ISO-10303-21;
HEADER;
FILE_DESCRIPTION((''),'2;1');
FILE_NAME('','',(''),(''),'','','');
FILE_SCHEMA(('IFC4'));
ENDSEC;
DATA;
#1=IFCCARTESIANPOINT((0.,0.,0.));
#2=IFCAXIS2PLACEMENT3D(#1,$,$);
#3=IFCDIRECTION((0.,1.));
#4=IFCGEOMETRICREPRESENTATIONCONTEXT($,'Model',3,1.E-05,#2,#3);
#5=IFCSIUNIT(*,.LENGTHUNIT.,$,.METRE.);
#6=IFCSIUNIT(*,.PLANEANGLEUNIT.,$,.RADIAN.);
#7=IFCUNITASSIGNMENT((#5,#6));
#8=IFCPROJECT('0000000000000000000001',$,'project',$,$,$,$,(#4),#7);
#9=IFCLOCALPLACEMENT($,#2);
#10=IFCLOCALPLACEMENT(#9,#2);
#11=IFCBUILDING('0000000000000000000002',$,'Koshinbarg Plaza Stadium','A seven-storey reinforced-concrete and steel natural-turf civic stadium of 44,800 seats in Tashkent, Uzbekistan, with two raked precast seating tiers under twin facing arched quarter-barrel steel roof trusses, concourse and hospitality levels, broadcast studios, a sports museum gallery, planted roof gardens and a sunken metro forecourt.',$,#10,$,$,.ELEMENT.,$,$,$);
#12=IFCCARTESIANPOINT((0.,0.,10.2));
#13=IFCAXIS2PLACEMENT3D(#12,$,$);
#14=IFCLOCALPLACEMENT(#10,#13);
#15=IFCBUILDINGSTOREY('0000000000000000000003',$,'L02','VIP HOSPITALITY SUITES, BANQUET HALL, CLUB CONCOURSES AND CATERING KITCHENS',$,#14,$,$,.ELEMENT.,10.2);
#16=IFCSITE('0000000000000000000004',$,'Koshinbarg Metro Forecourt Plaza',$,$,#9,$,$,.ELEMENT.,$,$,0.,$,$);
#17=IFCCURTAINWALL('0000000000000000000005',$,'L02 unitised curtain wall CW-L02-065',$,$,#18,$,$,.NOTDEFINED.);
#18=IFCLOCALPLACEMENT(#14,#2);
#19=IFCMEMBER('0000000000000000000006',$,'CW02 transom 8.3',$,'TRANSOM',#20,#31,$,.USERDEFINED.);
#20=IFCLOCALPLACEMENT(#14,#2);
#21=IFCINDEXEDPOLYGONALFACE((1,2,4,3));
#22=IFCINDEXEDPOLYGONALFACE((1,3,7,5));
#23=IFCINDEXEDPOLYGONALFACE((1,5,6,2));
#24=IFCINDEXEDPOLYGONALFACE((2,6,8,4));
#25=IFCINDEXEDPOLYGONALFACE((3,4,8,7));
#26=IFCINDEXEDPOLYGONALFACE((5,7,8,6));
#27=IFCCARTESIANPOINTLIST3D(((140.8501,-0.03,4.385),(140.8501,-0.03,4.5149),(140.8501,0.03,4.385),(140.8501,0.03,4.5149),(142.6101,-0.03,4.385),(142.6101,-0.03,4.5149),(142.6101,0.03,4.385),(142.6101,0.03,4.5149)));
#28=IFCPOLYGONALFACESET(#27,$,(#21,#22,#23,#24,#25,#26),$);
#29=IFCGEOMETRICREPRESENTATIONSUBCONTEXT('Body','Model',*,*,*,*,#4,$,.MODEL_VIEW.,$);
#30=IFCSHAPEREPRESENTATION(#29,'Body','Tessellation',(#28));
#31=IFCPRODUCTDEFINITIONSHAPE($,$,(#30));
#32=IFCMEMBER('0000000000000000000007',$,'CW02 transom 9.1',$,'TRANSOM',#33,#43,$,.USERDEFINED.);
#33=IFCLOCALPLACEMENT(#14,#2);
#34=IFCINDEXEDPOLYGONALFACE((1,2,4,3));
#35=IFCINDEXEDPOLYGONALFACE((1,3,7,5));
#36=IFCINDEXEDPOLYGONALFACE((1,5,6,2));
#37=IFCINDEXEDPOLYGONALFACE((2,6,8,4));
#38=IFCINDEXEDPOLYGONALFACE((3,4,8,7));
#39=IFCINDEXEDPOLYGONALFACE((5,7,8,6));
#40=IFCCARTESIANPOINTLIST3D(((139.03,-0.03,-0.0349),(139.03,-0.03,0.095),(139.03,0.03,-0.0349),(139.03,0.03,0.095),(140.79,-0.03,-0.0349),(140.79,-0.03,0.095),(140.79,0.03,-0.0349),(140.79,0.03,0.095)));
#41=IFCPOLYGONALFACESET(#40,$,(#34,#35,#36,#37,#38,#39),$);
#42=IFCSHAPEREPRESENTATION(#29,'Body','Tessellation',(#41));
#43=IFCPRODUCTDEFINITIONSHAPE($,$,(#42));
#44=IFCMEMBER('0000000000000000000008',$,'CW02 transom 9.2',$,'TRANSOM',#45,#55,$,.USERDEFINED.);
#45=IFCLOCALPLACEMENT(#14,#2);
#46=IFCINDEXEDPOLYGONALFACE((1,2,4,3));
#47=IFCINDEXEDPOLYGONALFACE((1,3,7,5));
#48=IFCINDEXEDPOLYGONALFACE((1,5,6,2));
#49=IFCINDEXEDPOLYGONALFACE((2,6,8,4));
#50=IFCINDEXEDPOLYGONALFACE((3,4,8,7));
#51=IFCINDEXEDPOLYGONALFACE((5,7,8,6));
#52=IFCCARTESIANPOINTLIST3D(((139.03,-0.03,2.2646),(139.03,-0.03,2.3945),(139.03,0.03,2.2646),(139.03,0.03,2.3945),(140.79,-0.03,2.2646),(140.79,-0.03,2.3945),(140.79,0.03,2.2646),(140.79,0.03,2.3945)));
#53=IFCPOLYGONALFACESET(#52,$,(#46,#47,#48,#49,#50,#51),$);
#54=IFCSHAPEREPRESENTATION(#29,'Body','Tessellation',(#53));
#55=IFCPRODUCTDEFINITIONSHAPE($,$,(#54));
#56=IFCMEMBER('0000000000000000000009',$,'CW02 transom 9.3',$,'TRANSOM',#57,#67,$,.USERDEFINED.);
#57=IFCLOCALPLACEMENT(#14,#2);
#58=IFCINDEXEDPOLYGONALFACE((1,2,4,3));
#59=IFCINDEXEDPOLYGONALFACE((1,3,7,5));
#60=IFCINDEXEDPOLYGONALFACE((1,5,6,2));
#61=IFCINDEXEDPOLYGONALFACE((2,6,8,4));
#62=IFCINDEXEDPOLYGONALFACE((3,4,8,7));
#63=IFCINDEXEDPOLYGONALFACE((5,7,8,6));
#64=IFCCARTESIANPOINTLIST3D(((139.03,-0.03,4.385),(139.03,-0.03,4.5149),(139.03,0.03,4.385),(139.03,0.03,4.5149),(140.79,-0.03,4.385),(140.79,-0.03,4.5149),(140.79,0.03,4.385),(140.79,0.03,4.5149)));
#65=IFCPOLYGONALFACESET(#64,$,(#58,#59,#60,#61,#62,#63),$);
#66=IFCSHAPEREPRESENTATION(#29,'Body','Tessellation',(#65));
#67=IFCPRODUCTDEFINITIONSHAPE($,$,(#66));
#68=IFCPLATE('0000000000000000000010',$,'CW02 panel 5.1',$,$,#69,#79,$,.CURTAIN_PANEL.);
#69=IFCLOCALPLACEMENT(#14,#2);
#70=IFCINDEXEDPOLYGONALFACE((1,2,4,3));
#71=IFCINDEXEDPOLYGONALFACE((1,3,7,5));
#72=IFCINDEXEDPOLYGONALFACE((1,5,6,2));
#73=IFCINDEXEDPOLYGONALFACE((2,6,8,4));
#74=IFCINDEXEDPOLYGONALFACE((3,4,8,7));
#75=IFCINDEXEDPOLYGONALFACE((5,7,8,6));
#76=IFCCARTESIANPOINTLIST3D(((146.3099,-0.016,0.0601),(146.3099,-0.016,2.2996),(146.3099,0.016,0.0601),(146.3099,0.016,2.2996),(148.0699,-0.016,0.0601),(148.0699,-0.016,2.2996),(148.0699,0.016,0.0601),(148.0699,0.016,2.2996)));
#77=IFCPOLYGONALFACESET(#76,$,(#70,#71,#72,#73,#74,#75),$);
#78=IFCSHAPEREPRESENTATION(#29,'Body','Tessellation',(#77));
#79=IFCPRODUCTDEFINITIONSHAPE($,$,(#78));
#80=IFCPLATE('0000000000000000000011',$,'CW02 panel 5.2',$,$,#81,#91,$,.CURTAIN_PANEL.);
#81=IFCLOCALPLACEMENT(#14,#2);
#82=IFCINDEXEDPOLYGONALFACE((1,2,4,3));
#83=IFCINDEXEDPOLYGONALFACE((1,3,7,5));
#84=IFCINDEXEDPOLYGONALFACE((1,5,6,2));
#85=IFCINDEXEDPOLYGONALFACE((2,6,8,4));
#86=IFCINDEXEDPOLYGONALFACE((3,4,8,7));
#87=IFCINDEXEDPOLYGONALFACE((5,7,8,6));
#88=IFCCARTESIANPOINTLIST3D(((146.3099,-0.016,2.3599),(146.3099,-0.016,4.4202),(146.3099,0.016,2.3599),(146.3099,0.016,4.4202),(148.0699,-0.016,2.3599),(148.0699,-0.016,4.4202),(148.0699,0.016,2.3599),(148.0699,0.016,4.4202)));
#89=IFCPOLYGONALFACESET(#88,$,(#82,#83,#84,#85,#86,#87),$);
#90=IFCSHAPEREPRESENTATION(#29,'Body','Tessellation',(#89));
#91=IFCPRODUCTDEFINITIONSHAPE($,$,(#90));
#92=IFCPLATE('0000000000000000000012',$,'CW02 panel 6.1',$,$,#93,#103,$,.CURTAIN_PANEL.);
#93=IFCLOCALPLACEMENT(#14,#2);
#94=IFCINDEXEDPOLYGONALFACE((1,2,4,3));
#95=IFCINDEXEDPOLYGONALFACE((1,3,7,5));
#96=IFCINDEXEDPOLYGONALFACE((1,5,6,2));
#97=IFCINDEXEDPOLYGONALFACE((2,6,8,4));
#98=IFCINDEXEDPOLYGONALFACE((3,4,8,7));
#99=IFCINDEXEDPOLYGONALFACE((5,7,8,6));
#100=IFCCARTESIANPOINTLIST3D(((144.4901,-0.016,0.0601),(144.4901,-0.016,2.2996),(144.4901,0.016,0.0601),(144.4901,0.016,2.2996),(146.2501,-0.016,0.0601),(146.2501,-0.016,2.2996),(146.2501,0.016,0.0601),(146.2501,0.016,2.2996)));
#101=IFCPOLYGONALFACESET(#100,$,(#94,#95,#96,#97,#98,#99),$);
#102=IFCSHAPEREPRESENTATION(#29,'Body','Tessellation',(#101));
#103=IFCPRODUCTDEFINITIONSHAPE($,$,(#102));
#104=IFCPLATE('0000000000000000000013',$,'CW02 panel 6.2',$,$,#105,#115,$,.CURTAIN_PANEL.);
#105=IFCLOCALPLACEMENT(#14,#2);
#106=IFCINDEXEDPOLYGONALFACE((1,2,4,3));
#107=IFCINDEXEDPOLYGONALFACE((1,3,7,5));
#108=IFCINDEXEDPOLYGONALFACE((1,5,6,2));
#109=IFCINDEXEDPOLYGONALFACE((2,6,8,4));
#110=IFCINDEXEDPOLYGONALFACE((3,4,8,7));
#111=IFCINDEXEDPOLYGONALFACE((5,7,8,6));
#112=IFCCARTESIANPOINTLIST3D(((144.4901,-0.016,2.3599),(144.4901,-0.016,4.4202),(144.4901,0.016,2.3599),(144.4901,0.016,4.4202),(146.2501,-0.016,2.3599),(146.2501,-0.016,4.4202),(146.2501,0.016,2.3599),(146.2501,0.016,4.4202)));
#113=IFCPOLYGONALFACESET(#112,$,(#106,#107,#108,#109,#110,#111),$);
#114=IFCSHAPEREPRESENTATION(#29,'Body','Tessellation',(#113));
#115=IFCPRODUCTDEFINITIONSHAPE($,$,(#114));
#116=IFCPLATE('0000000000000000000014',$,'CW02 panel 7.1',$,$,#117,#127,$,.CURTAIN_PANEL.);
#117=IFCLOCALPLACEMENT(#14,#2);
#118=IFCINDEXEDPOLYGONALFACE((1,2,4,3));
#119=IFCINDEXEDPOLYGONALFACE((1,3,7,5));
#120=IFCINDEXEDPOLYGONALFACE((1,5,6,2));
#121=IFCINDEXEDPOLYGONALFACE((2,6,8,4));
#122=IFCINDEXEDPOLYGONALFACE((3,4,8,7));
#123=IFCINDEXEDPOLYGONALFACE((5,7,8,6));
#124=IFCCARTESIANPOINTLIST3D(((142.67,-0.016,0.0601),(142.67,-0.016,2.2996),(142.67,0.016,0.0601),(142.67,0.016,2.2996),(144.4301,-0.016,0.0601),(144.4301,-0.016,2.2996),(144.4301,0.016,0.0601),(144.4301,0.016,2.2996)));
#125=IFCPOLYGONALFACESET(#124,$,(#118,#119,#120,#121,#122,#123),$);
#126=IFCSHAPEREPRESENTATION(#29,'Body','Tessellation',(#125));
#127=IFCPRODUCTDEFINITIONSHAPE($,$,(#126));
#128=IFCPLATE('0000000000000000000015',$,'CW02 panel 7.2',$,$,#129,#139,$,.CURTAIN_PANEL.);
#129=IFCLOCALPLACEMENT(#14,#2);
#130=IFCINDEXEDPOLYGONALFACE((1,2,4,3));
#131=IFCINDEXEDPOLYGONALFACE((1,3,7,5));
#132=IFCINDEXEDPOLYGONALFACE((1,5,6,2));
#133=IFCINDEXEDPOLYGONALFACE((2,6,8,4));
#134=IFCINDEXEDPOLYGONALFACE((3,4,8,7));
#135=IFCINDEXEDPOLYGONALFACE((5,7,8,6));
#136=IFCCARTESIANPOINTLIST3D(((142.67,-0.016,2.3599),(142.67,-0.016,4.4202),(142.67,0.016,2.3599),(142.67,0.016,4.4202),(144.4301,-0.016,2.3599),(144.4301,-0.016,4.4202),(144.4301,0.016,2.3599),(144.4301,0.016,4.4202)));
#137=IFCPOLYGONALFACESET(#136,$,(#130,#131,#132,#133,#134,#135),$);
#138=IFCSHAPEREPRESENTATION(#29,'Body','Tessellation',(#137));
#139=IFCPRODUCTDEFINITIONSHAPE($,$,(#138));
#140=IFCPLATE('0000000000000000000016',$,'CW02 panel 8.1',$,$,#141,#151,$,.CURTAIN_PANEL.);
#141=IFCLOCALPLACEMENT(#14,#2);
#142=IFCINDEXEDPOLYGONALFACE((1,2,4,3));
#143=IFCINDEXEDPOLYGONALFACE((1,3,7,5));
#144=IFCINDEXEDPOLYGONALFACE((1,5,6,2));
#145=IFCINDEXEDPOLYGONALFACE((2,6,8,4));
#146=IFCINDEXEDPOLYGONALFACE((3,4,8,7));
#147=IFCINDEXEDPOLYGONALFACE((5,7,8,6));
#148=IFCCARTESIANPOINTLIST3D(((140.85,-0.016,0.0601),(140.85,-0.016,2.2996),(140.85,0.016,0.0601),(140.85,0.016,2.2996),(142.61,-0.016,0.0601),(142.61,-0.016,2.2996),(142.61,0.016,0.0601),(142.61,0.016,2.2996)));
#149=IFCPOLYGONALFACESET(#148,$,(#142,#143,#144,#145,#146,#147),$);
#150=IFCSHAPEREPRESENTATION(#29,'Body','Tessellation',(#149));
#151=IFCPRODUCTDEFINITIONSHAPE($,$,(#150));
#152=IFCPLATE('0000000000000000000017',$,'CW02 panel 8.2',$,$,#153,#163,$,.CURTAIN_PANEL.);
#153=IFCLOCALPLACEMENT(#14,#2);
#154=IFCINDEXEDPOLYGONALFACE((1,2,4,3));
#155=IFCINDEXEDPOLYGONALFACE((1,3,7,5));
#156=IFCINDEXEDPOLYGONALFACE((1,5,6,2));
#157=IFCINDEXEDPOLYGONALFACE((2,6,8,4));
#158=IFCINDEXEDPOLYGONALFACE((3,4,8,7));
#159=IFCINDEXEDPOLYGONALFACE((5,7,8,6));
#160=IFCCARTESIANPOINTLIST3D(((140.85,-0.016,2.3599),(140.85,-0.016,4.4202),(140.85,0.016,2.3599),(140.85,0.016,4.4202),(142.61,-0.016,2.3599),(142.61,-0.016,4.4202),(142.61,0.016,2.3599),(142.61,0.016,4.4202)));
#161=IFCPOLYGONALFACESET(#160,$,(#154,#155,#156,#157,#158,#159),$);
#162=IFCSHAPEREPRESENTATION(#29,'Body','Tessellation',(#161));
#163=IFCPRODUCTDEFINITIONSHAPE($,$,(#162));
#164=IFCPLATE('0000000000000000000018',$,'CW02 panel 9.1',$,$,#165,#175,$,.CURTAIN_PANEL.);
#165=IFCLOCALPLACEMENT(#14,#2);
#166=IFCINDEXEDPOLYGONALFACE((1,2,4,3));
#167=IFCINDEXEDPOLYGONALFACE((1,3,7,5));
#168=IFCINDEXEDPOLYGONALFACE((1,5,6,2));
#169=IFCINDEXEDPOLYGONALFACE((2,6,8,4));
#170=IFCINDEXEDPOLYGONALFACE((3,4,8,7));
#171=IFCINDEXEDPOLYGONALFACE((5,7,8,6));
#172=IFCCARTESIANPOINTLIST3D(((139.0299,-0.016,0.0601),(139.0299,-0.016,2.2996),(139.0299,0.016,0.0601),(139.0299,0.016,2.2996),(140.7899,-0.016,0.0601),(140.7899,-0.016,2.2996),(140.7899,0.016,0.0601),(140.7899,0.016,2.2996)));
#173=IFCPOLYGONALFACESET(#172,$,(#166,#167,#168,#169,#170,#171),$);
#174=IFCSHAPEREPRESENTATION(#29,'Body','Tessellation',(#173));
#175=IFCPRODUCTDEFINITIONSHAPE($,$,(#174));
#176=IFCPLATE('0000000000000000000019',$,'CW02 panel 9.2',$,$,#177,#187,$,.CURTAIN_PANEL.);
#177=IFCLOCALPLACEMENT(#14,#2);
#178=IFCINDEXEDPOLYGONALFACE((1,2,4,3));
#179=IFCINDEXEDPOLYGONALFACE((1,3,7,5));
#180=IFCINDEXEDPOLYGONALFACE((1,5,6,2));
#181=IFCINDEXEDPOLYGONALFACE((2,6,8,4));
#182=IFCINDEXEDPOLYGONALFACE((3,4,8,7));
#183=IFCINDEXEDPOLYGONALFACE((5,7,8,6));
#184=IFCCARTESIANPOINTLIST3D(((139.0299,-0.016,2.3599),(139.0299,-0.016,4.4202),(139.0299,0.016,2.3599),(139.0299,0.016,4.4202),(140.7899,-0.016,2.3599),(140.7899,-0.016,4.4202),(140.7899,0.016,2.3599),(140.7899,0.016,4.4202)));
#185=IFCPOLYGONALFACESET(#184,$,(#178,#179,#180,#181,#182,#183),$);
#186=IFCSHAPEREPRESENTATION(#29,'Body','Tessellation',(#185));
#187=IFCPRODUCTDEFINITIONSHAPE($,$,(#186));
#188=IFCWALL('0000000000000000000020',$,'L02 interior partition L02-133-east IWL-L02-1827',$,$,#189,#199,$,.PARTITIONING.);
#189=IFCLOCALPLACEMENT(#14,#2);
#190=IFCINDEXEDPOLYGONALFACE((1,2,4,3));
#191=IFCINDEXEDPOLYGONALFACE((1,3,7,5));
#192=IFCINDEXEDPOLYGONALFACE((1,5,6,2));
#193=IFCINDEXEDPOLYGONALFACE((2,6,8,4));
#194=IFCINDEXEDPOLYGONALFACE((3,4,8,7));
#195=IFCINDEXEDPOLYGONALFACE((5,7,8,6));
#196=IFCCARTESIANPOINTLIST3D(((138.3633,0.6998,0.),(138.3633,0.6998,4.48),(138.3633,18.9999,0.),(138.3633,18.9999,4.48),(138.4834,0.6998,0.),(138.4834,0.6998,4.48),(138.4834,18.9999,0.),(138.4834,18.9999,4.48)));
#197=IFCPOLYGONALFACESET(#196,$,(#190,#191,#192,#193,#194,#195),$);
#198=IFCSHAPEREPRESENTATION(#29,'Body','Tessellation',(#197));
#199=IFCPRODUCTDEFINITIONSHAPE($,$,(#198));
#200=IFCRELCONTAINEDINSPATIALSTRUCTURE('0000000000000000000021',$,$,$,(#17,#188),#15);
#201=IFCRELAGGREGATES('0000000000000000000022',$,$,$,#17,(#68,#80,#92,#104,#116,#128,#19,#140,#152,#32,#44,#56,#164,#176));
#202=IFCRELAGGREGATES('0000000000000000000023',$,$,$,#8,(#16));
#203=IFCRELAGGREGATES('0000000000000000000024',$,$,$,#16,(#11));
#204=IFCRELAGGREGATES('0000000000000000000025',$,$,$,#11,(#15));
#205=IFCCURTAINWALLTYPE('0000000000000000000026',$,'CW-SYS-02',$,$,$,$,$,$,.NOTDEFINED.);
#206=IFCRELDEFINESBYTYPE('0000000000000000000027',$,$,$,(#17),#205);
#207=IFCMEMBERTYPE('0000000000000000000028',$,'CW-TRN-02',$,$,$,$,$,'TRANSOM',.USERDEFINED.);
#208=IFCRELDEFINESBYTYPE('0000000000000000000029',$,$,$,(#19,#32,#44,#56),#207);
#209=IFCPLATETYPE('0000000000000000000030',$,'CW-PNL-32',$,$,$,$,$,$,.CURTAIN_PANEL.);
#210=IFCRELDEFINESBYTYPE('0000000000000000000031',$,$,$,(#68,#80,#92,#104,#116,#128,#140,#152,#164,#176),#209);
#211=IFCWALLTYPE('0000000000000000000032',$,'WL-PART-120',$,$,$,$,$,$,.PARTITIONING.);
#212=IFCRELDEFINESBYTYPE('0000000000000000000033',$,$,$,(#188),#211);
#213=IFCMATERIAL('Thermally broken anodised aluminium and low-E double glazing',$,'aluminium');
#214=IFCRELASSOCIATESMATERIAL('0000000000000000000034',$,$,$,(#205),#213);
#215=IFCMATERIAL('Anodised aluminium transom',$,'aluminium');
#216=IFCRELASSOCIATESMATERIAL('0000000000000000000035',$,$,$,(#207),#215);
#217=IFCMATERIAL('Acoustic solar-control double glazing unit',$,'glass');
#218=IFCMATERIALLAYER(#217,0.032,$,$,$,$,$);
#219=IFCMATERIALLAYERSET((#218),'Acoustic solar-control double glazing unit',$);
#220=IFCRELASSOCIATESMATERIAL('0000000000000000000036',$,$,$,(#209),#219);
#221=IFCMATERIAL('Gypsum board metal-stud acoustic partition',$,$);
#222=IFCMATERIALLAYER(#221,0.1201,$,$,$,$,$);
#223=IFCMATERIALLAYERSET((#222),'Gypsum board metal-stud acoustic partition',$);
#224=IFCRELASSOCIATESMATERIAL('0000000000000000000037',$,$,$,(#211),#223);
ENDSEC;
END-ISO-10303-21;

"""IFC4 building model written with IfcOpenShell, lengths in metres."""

from ifc_helpers import new_model, si_unit, direction, frame, frame_2d, origin, origin_2d, place, context, subcontext, project, spatial, rectangle, extrude, material, layer, layer_set, material_profile, profile_set, type_object, element, aggregate, save


model = new_model("IFC4")

# Units and contexts
model_context = context("Model", 3, precision=1e-05, world=origin(), true_north=direction((0.0, 1.0)))
body_context = subcontext(model_context, "Body", "Model", "MODEL_VIEW")
ifc_project = project(units=[si_unit("LENGTHUNIT", "METRE"), si_unit("PLANEANGLEUNIT", "RADIAN")], contexts=[model_context])

# Site, building, storey
site_placement = place(None, origin())
site = spatial("IfcSite", under=ifc_project, at=site_placement, Name="Koshinbarg Metro Forecourt Plaza", CompositionType="ELEMENT", RefElevation=0.0)
building_placement = place(site_placement, origin())
building = spatial("IfcBuilding", under=site, at=building_placement, Name="Koshinbarg Plaza Stadium", Description="A seven-storey reinforced-concrete and steel natural-turf civic stadium of 44,800 seats in Tashkent, Uzbekistan, with two raked precast seating tiers under twin facing arched quarter-barrel steel roof trusses, concourse and hospitality levels, broadcast studios, a sports museum gallery, planted roof gardens and a sunken metro forecourt.", CompositionType="ELEMENT")
storey_placement = place(building_placement, frame((0.0, 0.0, 10.2)))
storey = spatial("IfcBuildingStorey", under=building, at=storey_placement, Name="L02", Description="VIP HOSPITALITY SUITES, BANQUET HALL, CLUB CONCOURSES AND CATERING KITCHENS", CompositionType="ELEMENT", Elevation=10.2)

# Curtain wall, members, plates
ifc_material_1 = material(Name="Thermally broken anodised aluminium and low-E double glazing", Category="aluminium")
curtain_wall_type = type_object("IfcCurtainWallType", Name="CW-SYS-02", PredefinedType="NOTDEFINED", material=ifc_material_1)
curtain_wall_placement = place(storey_placement, origin())
curtain_wall = element("IfcCurtainWall", 1, at=curtain_wall_placement, inside=storey, type_object=curtain_wall_type, Name="L02 unitised curtain wall CW-L02-065", PredefinedType="NOTDEFINED")
ifc_material_2 = material(Name="Anodised aluminium transom", Category="aluminium")
ifc_material_profile_1 = material_profile(ifc_material_2, rectangle(XDim=0.0601, YDim=0.1299, at=origin_2d()), Name="ALU 60x130")
ifc_profile_set_1 = profile_set([ifc_material_profile_1], Name="Anodised aluminium transom")
member_type_1 = type_object("IfcMemberType", Name="CW-TRN-02", ElementType="TRANSOM", PredefinedType="USERDEFINED", material=ifc_profile_set_1)
member_1_placement = place(storey_placement, frame((142.6101, 0.0, 4.45), z_axis=(-1.0, 0.0, 0.0), x_axis=(0.0, -1.0, 0.0)))
member_1 = element("IfcMember", 2, at=member_1_placement, type_object=member_type_1, Name="CW02 transom 8.3", ObjectType="TRANSOM", PredefinedType="USERDEFINED", context=body_context, shape_type="SweptSolid", body=[
    extrude(rectangle(XDim=0.0601, YDim=0.1299, at=origin_2d()), origin(), (0.0, 0.0, 1.0), 1.76),
])
member_2_placement = place(storey_placement, frame((140.79, 0.0, 0.03), z_axis=(-1.0, 0.0, 0.0), x_axis=(0.0, -1.0, 0.0)))
member_2 = element("IfcMember", 3, at=member_2_placement, type_object=member_type_1, Name="CW02 transom 9.1", ObjectType="TRANSOM", PredefinedType="USERDEFINED", context=body_context, shape_type="SweptSolid", body=[
    extrude(rectangle(XDim=0.0601, YDim=0.1299, at=origin_2d()), origin(), (0.0, 0.0, 1.0), 1.76),
])
member_3_placement = place(storey_placement, frame((140.79, 0.0, 2.3296), z_axis=(-1.0, 0.0, 0.0), x_axis=(0.0, -1.0, 0.0)))
member_3 = element("IfcMember", 4, at=member_3_placement, type_object=member_type_1, Name="CW02 transom 9.2", ObjectType="TRANSOM", PredefinedType="USERDEFINED", context=body_context, shape_type="SweptSolid", body=[
    extrude(rectangle(XDim=0.0601, YDim=0.1299, at=origin_2d()), origin(), (0.0, 0.0, 1.0), 1.76),
])
member_4_placement = place(storey_placement, frame((140.79, 0.0, 4.45), z_axis=(-1.0, 0.0, 0.0), x_axis=(0.0, -1.0, 0.0)))
member_4 = element("IfcMember", 5, at=member_4_placement, type_object=member_type_1, Name="CW02 transom 9.3", ObjectType="TRANSOM", PredefinedType="USERDEFINED", context=body_context, shape_type="SweptSolid", body=[
    extrude(rectangle(XDim=0.0601, YDim=0.1299, at=origin_2d()), origin(), (0.0, 0.0, 1.0), 1.76),
])
ifc_material_3 = material(Name="Acoustic solar-control double glazing unit", Category="glass")
ifc_layer_1 = layer(ifc_material_3, 0.032)
ifc_layer_set_1 = layer_set([ifc_layer_1], Name="Acoustic solar-control double glazing unit")
plate_type = type_object("IfcPlateType", Name="CW-PNL-32", PredefinedType="CURTAIN_PANEL", material=ifc_layer_set_1)
plate_1_placement = place(storey_placement, frame((147.1899, 0.0, 0.0601), z_axis=(0.0, 0.0, 1.0), x_axis=(-1.0, 0.0, 0.0)))
plate_1 = element("IfcPlate", 6, at=plate_1_placement, type_object=plate_type, Name="CW02 panel 5.1", PredefinedType="CURTAIN_PANEL", context=body_context, shape_type="SweptSolid", body=[
    extrude(rectangle(XDim=1.76, YDim=0.032, at=origin_2d()), origin(), (0.0, 0.0, 1.0), 2.2395),
])
plate_2_placement = place(storey_placement, frame((147.1899, 0.0, 2.3599), z_axis=(0.0, 0.0, 1.0), x_axis=(-1.0, 0.0, 0.0)))
plate_2 = element("IfcPlate", 7, at=plate_2_placement, type_object=plate_type, Name="CW02 panel 5.2", PredefinedType="CURTAIN_PANEL", context=body_context, shape_type="SweptSolid", body=[
    extrude(rectangle(XDim=1.76, YDim=0.032, at=origin_2d()), origin(), (0.0, 0.0, 1.0), 2.0603),
])
plate_3_placement = place(storey_placement, frame((145.3701, 0.0, 0.0601), z_axis=(0.0, 0.0, 1.0), x_axis=(-1.0, 0.0, 0.0)))
plate_3 = element("IfcPlate", 8, at=plate_3_placement, type_object=plate_type, Name="CW02 panel 6.1", PredefinedType="CURTAIN_PANEL", context=body_context, shape_type="SweptSolid", body=[
    extrude(rectangle(XDim=1.76, YDim=0.032, at=origin_2d()), origin(), (0.0, 0.0, 1.0), 2.2395),
])
plate_4_placement = place(storey_placement, frame((145.3701, 0.0, 2.3599), z_axis=(0.0, 0.0, 1.0), x_axis=(-1.0, 0.0, 0.0)))
plate_4 = element("IfcPlate", 9, at=plate_4_placement, type_object=plate_type, Name="CW02 panel 6.2", PredefinedType="CURTAIN_PANEL", context=body_context, shape_type="SweptSolid", body=[
    extrude(rectangle(XDim=1.76, YDim=0.032, at=origin_2d()), origin(), (0.0, 0.0, 1.0), 2.0603),
])
plate_5_placement = place(storey_placement, frame((143.55, 0.0, 0.0601), z_axis=(0.0, 0.0, 1.0), x_axis=(-1.0, 0.0, 0.0)))
plate_5 = element("IfcPlate", 10, at=plate_5_placement, type_object=plate_type, Name="CW02 panel 7.1", PredefinedType="CURTAIN_PANEL", context=body_context, shape_type="SweptSolid", body=[
    extrude(rectangle(XDim=1.76, YDim=0.032, at=origin_2d()), origin(), (0.0, 0.0, 1.0), 2.2395),
])
plate_6_placement = place(storey_placement, frame((143.55, 0.0, 2.3599), z_axis=(0.0, 0.0, 1.0), x_axis=(-1.0, 0.0, 0.0)))
plate_6 = element("IfcPlate", 11, at=plate_6_placement, type_object=plate_type, Name="CW02 panel 7.2", PredefinedType="CURTAIN_PANEL", context=body_context, shape_type="SweptSolid", body=[
    extrude(rectangle(XDim=1.76, YDim=0.032, at=origin_2d()), origin(), (0.0, 0.0, 1.0), 2.0603),
])
plate_7_placement = place(storey_placement, frame((141.73, 0.0, 0.0601), z_axis=(0.0, 0.0, 1.0), x_axis=(-1.0, 0.0, 0.0)))
plate_7 = element("IfcPlate", 12, at=plate_7_placement, type_object=plate_type, Name="CW02 panel 8.1", PredefinedType="CURTAIN_PANEL", context=body_context, shape_type="SweptSolid", body=[
    extrude(rectangle(XDim=1.76, YDim=0.032, at=origin_2d()), origin(), (0.0, 0.0, 1.0), 2.2395),
])
plate_8_placement = place(storey_placement, frame((141.73, 0.0, 2.3599), z_axis=(0.0, 0.0, 1.0), x_axis=(-1.0, 0.0, 0.0)))
plate_8 = element("IfcPlate", 13, at=plate_8_placement, type_object=plate_type, Name="CW02 panel 8.2", PredefinedType="CURTAIN_PANEL", context=body_context, shape_type="SweptSolid", body=[
    extrude(rectangle(XDim=1.76, YDim=0.032, at=origin_2d()), origin(), (0.0, 0.0, 1.0), 2.0603),
])
plate_9_placement = place(storey_placement, frame((139.9099, 0.0, 0.0601), z_axis=(0.0, 0.0, 1.0), x_axis=(-1.0, 0.0, 0.0)))
plate_9 = element("IfcPlate", 14, at=plate_9_placement, type_object=plate_type, Name="CW02 panel 9.1", PredefinedType="CURTAIN_PANEL", context=body_context, shape_type="SweptSolid", body=[
    extrude(rectangle(XDim=1.76, YDim=0.032, at=origin_2d()), origin(), (0.0, 0.0, 1.0), 2.2395),
])
plate_10_placement = place(storey_placement, frame((139.9099, 0.0, 2.3599), z_axis=(0.0, 0.0, 1.0), x_axis=(-1.0, 0.0, 0.0)))
plate_10 = element("IfcPlate", 15, at=plate_10_placement, type_object=plate_type, Name="CW02 panel 9.2", PredefinedType="CURTAIN_PANEL", context=body_context, shape_type="SweptSolid", body=[
    extrude(rectangle(XDim=1.76, YDim=0.032, at=origin_2d()), origin(), (0.0, 0.0, 1.0), 2.0603),
])
aggregate(curtain_wall, [plate_1, plate_2, plate_3, plate_4, plate_5, plate_6, member_1, plate_7, plate_8, member_2, member_3, member_4, plate_9, plate_10])

# Wall
ifc_material_4 = material(Name="Gypsum board metal-stud acoustic partition")
ifc_layer_2 = layer(ifc_material_4, 0.1201)
ifc_layer_set_2 = layer_set([ifc_layer_2], Name="Gypsum board metal-stud acoustic partition")
wall_type = type_object("IfcWallType", Name="WL-PART-120", PredefinedType="PARTITIONING", material=ifc_layer_set_2)
wall_1_placement = place(storey_placement, frame((138.4233, 0.7, 0.0), z_axis=(0.0, 0.0, 1.0), x_axis=(0.0, 1.0, 0.0)))
element("IfcWall", 16, at=wall_1_placement, inside=storey, type_object=wall_type, Name="L02 interior partition L02-133-east IWL-L02-1827", PredefinedType="PARTITIONING", context=body_context, shape_type="SweptSolid", body=[
    extrude(rectangle(XDim=18.3, YDim=0.1201, at=frame_2d((9.1499, 0.0))), origin(), (0.0, 0.0, 1.0), 4.48),
])

save(model, "model.ifc")
